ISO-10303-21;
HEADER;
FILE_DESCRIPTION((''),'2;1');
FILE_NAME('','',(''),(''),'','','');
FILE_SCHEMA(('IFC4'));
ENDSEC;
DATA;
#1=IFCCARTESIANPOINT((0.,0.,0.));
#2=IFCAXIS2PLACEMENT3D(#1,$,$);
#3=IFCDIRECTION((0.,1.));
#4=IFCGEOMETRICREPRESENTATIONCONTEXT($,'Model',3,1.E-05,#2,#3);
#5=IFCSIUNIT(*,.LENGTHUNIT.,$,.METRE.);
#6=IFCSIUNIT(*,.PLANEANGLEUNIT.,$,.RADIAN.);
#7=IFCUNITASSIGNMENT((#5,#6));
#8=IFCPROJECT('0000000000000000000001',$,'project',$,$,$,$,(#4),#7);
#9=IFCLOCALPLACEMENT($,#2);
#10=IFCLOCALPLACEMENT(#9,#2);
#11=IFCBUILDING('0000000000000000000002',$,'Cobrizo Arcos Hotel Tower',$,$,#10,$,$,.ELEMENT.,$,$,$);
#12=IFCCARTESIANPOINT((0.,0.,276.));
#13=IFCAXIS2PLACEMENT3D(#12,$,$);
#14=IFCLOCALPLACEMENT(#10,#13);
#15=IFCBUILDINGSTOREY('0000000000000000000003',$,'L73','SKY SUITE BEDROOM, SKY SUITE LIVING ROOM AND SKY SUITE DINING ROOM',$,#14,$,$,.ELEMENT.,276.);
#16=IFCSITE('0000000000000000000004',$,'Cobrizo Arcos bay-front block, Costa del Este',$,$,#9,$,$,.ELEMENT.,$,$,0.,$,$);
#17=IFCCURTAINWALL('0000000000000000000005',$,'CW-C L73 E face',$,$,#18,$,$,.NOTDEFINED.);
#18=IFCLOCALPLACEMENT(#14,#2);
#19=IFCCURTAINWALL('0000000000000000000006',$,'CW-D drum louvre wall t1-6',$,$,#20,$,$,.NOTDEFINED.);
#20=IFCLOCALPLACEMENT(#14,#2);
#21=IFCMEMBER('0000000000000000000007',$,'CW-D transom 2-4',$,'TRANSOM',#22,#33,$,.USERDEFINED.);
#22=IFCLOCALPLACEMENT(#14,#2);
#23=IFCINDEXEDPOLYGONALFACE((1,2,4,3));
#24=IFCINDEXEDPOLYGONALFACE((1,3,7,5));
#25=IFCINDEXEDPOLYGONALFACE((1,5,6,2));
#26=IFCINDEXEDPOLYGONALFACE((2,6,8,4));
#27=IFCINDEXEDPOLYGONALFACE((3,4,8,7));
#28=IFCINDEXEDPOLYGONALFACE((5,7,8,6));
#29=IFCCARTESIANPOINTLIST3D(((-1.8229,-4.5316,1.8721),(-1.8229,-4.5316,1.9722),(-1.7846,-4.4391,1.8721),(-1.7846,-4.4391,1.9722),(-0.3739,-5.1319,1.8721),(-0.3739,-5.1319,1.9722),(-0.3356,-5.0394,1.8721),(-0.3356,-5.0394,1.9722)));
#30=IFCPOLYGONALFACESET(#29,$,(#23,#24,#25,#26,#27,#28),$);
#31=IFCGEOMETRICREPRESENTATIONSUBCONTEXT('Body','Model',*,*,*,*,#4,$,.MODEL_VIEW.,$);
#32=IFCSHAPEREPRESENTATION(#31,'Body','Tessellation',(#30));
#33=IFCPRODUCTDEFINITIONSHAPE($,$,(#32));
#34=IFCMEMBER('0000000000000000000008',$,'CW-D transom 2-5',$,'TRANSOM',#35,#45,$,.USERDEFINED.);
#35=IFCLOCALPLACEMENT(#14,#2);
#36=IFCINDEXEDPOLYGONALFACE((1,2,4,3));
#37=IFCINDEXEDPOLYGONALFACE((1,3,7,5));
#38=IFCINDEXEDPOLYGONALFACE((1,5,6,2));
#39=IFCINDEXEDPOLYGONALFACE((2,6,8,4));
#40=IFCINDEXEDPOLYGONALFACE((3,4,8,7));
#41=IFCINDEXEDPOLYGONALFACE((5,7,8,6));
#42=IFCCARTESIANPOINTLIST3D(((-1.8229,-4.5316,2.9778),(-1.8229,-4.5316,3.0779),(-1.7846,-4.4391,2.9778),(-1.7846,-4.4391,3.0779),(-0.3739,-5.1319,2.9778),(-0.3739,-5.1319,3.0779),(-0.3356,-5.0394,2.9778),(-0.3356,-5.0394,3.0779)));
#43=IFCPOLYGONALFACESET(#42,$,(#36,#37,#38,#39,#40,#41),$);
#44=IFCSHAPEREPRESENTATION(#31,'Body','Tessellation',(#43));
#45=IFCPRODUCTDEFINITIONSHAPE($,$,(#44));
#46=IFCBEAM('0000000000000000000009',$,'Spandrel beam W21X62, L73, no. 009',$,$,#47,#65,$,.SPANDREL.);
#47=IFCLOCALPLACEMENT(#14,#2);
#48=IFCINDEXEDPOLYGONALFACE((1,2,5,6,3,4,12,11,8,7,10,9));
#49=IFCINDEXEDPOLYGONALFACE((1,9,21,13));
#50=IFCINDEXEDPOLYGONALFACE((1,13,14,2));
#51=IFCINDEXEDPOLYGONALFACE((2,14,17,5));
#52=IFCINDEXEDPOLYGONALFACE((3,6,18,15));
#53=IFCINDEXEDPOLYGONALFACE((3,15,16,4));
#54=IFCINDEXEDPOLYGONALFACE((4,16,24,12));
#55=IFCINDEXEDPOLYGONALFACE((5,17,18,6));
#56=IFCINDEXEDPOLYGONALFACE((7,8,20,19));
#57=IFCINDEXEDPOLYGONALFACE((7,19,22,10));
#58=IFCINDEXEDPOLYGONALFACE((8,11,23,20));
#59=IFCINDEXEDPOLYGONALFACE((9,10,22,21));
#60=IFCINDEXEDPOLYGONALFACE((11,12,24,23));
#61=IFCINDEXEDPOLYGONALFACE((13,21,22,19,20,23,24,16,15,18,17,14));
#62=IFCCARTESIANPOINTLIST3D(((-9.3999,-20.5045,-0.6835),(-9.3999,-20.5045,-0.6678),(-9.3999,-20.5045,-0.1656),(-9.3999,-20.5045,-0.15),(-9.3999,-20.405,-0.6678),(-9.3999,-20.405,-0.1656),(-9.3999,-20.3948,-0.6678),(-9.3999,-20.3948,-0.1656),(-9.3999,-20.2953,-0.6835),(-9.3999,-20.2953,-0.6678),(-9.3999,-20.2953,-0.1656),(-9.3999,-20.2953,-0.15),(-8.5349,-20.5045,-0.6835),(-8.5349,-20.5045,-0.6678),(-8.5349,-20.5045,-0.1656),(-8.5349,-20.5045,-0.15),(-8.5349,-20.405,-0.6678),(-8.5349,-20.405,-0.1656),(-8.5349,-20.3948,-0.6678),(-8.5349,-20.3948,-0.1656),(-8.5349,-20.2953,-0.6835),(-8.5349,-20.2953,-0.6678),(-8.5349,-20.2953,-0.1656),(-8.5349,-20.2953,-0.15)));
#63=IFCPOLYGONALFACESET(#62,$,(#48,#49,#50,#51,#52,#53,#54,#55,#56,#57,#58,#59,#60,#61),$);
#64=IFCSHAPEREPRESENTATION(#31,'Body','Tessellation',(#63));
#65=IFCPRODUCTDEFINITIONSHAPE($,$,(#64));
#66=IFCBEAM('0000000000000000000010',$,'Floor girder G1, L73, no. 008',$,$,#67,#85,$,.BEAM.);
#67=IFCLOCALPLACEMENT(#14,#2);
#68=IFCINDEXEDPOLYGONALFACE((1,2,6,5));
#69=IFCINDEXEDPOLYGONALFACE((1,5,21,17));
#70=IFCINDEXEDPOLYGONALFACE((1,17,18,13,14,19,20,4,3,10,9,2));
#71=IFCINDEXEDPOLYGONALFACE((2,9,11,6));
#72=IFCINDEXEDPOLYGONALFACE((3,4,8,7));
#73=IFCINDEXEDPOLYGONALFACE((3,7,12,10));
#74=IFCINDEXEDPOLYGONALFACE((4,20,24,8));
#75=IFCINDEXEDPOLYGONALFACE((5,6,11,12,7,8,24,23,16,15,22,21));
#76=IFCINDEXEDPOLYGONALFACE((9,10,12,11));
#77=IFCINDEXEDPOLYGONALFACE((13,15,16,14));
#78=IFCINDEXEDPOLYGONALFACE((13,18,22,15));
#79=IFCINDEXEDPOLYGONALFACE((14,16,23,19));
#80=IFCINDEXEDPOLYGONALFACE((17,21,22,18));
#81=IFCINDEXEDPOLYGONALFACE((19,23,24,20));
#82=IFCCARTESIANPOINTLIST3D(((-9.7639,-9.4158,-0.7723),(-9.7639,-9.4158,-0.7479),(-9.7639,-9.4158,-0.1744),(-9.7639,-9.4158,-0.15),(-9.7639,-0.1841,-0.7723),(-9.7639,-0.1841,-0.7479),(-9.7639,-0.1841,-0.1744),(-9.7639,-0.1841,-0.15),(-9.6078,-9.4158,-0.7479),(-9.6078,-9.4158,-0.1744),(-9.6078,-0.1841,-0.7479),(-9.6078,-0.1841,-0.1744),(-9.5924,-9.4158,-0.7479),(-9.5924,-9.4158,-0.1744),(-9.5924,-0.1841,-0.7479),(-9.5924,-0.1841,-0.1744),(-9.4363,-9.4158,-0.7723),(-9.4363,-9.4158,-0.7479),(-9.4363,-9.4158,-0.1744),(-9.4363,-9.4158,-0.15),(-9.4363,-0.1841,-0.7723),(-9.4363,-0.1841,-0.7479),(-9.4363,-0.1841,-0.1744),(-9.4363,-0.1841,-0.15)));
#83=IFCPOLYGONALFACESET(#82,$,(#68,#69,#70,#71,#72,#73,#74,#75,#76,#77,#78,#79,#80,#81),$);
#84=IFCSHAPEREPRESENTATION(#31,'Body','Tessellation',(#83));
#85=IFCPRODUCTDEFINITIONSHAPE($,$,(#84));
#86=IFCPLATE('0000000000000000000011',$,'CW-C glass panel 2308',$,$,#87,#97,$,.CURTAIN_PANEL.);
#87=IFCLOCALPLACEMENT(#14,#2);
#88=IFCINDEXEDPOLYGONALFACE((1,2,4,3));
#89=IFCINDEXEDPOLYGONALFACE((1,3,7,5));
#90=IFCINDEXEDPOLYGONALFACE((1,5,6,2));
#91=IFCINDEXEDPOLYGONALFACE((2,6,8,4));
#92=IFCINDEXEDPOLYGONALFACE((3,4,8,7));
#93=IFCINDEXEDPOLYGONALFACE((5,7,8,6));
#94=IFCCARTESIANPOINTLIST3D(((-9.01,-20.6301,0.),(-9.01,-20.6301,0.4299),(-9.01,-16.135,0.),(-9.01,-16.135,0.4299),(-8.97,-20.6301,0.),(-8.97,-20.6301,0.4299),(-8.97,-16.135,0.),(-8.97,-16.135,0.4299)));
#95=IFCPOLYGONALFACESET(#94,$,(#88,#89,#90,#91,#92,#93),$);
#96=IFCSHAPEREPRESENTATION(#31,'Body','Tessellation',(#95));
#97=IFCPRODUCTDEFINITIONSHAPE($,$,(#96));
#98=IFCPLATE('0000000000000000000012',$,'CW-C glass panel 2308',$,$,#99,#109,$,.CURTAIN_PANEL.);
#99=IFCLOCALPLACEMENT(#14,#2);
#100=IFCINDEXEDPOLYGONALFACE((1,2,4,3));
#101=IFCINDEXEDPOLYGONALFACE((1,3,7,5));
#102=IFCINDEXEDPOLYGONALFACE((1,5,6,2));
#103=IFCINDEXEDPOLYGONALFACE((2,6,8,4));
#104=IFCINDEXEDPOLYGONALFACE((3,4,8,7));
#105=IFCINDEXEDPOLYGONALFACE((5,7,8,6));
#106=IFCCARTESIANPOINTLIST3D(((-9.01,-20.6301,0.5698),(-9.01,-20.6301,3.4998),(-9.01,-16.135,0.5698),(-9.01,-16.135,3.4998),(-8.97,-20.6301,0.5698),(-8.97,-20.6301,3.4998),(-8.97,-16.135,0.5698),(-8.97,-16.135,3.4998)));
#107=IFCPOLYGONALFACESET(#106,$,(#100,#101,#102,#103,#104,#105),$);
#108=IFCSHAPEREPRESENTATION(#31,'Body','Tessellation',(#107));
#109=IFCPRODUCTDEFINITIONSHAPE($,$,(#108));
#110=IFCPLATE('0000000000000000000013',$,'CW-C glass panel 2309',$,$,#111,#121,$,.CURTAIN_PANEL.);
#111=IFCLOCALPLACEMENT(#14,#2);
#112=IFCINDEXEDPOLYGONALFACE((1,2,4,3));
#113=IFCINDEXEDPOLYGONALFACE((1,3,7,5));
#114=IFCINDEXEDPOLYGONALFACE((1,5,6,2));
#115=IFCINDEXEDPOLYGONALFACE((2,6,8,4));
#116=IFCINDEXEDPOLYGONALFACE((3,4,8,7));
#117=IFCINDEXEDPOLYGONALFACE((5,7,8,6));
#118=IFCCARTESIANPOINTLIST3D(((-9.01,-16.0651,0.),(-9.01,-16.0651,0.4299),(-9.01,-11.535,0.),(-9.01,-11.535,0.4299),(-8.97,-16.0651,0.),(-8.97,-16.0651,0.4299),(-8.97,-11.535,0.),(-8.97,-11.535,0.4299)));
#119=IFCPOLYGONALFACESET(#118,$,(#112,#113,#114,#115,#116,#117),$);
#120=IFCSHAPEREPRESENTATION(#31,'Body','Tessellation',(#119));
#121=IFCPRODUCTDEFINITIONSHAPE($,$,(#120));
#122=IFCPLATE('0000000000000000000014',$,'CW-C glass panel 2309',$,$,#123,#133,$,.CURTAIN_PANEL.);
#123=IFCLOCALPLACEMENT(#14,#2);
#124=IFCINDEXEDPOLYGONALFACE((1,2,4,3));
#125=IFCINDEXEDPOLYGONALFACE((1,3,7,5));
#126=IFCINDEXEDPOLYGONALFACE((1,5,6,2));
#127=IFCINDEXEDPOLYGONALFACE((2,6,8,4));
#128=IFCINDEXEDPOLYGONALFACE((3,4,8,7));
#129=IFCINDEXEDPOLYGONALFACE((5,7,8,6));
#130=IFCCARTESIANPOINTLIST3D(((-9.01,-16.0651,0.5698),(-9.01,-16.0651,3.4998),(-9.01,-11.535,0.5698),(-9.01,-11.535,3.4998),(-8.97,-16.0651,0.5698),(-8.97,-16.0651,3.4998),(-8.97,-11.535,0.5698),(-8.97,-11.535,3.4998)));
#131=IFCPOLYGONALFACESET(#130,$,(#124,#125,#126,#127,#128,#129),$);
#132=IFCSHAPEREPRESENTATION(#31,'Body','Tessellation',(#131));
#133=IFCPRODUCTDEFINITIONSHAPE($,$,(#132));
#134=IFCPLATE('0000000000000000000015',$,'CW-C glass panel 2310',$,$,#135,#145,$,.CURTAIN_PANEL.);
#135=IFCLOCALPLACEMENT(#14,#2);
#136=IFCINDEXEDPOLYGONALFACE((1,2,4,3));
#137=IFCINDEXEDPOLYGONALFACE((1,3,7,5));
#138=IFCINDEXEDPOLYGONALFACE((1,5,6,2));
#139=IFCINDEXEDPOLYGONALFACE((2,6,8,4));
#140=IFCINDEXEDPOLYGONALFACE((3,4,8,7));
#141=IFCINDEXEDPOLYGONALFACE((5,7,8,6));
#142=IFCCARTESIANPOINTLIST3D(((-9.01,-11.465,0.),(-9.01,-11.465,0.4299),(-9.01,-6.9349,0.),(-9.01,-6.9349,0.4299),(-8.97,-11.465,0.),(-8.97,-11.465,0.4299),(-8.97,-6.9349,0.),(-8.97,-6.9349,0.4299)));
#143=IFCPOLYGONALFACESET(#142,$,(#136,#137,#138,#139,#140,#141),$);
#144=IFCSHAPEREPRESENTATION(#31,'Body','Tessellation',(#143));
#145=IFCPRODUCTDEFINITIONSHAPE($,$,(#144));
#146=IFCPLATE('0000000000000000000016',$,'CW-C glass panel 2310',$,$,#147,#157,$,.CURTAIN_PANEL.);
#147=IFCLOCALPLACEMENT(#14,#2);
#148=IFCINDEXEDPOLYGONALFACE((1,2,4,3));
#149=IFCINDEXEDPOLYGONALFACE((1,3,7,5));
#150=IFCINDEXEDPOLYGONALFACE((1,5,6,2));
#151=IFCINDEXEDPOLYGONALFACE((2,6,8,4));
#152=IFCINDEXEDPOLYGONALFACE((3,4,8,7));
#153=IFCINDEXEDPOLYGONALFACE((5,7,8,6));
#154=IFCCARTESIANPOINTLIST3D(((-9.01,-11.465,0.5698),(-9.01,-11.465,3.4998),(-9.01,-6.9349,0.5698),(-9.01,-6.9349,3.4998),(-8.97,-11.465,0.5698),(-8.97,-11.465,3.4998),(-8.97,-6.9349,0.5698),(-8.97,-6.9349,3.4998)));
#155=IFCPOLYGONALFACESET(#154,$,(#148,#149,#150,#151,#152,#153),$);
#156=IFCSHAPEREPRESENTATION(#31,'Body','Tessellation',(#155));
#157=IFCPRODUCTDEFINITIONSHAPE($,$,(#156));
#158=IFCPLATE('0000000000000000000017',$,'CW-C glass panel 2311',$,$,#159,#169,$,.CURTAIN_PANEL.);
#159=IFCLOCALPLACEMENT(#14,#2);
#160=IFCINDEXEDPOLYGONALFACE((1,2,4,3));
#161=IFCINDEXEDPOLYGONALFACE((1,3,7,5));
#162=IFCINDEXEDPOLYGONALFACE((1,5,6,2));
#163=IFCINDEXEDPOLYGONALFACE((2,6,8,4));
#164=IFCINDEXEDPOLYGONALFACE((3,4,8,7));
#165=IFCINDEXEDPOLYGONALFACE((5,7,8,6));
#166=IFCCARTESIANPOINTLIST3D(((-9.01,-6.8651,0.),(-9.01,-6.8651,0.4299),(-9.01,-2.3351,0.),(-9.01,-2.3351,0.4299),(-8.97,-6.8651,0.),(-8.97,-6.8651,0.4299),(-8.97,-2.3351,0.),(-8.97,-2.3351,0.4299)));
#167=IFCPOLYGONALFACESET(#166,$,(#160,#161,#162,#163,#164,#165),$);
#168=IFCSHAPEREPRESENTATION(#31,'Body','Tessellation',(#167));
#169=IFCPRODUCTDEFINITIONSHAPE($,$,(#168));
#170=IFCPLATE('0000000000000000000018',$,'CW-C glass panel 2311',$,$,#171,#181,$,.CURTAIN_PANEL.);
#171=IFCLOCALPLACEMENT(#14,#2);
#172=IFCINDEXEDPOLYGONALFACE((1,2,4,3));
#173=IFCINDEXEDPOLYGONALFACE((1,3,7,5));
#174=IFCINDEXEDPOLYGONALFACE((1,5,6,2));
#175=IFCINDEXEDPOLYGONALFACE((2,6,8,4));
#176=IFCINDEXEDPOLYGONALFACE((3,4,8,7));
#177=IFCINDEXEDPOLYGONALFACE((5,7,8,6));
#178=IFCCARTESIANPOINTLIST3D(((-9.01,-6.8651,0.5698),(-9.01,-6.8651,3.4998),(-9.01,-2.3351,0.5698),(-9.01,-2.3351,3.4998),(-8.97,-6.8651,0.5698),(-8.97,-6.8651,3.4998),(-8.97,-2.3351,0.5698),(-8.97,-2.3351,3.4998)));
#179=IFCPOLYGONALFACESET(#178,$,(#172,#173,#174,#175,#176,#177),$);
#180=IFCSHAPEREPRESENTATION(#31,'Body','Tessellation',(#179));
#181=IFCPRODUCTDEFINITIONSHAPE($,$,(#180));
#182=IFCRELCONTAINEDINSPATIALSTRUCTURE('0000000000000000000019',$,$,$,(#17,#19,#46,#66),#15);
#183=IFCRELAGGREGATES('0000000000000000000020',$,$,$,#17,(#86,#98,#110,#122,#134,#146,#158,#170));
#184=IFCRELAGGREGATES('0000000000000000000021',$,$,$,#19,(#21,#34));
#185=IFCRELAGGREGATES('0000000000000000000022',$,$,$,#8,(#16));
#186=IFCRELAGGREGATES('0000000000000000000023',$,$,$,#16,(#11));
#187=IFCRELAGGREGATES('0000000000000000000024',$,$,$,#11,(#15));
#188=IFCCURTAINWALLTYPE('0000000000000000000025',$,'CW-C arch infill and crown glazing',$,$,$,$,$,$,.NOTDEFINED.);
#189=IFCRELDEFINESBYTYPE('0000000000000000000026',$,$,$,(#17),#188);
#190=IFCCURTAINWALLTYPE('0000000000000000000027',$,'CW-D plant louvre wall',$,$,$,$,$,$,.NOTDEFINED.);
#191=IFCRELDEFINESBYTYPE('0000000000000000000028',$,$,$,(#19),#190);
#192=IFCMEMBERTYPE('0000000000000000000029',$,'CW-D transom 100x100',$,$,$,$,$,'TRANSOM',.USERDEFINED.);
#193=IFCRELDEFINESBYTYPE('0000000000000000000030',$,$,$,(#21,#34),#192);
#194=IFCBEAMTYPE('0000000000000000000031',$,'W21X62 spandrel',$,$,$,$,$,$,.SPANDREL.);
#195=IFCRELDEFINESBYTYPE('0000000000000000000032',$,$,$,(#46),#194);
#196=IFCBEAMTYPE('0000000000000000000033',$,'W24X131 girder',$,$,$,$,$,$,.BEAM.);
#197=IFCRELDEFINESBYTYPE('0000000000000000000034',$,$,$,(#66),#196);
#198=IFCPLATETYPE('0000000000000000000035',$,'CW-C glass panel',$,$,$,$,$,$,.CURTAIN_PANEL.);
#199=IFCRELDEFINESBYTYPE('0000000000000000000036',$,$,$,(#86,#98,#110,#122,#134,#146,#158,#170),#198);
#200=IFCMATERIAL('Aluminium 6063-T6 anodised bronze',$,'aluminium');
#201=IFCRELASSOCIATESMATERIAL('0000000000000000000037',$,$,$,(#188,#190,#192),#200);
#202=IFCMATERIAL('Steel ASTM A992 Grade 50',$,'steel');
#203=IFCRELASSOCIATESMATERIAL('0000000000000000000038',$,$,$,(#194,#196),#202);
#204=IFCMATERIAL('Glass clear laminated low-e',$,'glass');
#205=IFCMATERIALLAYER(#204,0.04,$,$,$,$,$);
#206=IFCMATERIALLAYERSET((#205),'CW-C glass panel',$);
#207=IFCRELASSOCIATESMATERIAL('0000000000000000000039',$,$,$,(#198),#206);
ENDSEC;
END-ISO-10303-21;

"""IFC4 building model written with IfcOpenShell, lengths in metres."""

from ifc_helpers import new_model, si_unit, direction, frame, origin, origin_2d, place, context, subcontext, project, spatial, rectangle, i_section, extrude, material, layer, layer_set, material_profile, profile_set, type_object, element, aggregate, save


model = new_model("IFC4")

# Units and contexts
model_context = context("Model", 3, precision=1e-05, world=origin(), true_north=direction((0.0, 1.0)))
body_context = subcontext(model_context, "Body", "Model", "MODEL_VIEW")
ifc_project = project(units=[si_unit("LENGTHUNIT", "METRE"), si_unit("PLANEANGLEUNIT", "RADIAN")], contexts=[model_context])

# Site, building, storey
site_placement = place(None, origin())
site = spatial("IfcSite", under=ifc_project, at=site_placement, Name="Cobrizo Arcos bay-front block, Costa del Este", CompositionType="ELEMENT", RefElevation=0.0)
building_placement = place(site_placement, origin())
building = spatial("IfcBuilding", under=site, at=building_placement, Name="Cobrizo Arcos Hotel Tower", CompositionType="ELEMENT")
storey_placement = place(building_placement, frame((0.0, 0.0, 276.0)))
storey = spatial("IfcBuildingStorey", under=building, at=storey_placement, Name="L73", Description="SKY SUITE BEDROOM, SKY SUITE LIVING ROOM AND SKY SUITE DINING ROOM", CompositionType="ELEMENT", Elevation=276.0)

# Shared definitions
ifc_material_1 = material(Name="Aluminium 6063-T6 anodised bronze", Category="aluminium")

# Curtain walls, members
curtain_wall_type_1 = type_object("IfcCurtainWallType", Name="CW-C arch infill and crown glazing", PredefinedType="NOTDEFINED", material=ifc_material_1)
curtain_wall_1_placement = place(storey_placement, origin())
curtain_wall_1 = element("IfcCurtainWall", 1, at=curtain_wall_1_placement, inside=storey, type_object=curtain_wall_type_1, Name="CW-C L73 E face", PredefinedType="NOTDEFINED")
curtain_wall_type_2 = type_object("IfcCurtainWallType", Name="CW-D plant louvre wall", PredefinedType="NOTDEFINED", material=ifc_material_1)
curtain_wall_2_placement = place(storey_placement, origin())
curtain_wall_2 = element("IfcCurtainWall", 2, at=curtain_wall_2_placement, inside=storey, type_object=curtain_wall_type_2, Name="CW-D drum louvre wall t1-6", PredefinedType="NOTDEFINED")
ifc_material_profile_1 = material_profile(ifc_material_1, rectangle(XDim=0.1001, YDim=0.1001, at=origin_2d()), Name="CW-D transom 100x100")
ifc_profile_set_1 = profile_set([ifc_material_profile_1], Name="Aluminium 6063-T6 anodised bronze")
member_type_1 = type_object("IfcMemberType", Name="CW-D transom 100x100", ElementType="TRANSOM", PredefinedType="USERDEFINED", material=ifc_profile_set_1)
member_1_placement = place(storey_placement, frame((-1.8037, -4.4854, 1.9221), z_axis=(0.923844, -0.382769, 0.0), x_axis=(0.382769, 0.923844, 0.0)))
member_1 = element("IfcMember", 3, at=member_1_placement, type_object=member_type_1, Name="CW-D transom 2-4", ObjectType="TRANSOM", PredefinedType="USERDEFINED", context=body_context, shape_type="SweptSolid", body=[
    extrude(rectangle(XDim=0.1001, YDim=0.1001, at=origin_2d()), origin(), (0.0, 0.0, 1.0), 1.5684),
])
member_2_placement = place(storey_placement, frame((-1.8037, -4.4854, 3.0278), z_axis=(0.923844, -0.382769, 0.0), x_axis=(0.382769, 0.923844, 0.0)))
member_2 = element("IfcMember", 4, at=member_2_placement, type_object=member_type_1, Name="CW-D transom 2-5", ObjectType="TRANSOM", PredefinedType="USERDEFINED", context=body_context, shape_type="SweptSolid", body=[
    extrude(rectangle(XDim=0.1001, YDim=0.1001, at=origin_2d()), origin(), (0.0, 0.0, 1.0), 1.5684),
])

# Beams
ifc_material_2 = material(Name="Steel ASTM A992 Grade 50", Category="steel")
ifc_material_profile_2 = material_profile(ifc_material_2, i_section(OverallWidth=0.2092, OverallDepth=0.5334, WebThickness=0.0103, FlangeThickness=0.0156, at=origin_2d()), Name="W21X62")
ifc_profile_set_2 = profile_set([ifc_material_profile_2], Name="Steel ASTM A992 Grade 50")
beam_type_1 = type_object("IfcBeamType", Name="W21X62 spandrel", PredefinedType="SPANDREL", material=ifc_profile_set_2)
beam_1_placement = place(storey_placement, frame((-8.5349, -20.3999, -0.4167), z_axis=(-1.0, 0.0, 0.0), x_axis=(0.0, -1.0, 0.0)))
element("IfcBeam", 5, at=beam_1_placement, inside=storey, type_object=beam_type_1, Name="Spandrel beam W21X62, L73, no. 009", PredefinedType="SPANDREL", context=body_context, shape_type="SweptSolid", body=[
    extrude(i_section(OverallWidth=0.2092, OverallDepth=0.5334, WebThickness=0.0103, FlangeThickness=0.0156, at=origin_2d()), origin(), (0.0, 0.0, 1.0), 0.865),
])
ifc_material_profile_3 = material_profile(ifc_material_2, i_section(OverallWidth=0.3276, OverallDepth=0.6223, WebThickness=0.0154, FlangeThickness=0.0244, at=origin_2d()), Name="W24X131")
ifc_profile_set_3 = profile_set([ifc_material_profile_3], Name="Steel ASTM A992 Grade 50")
beam_type_2 = type_object("IfcBeamType", Name="W24X131 girder", PredefinedType="BEAM", material=ifc_profile_set_3)
beam_2_placement = place(storey_placement, frame((-9.6001, -9.4158, -0.4612), z_axis=(0.0, 1.0, 0.0), x_axis=(-1.0, 0.0, 0.0)))
element("IfcBeam", 6, at=beam_2_placement, inside=storey, type_object=beam_type_2, Name="Floor girder G1, L73, no. 008", PredefinedType="BEAM", context=body_context, shape_type="SweptSolid", body=[
    extrude(i_section(OverallWidth=0.3276, OverallDepth=0.6223, WebThickness=0.0154, FlangeThickness=0.0244, at=origin_2d()), origin(), (0.0, 0.0, 1.0), 9.2317),
])

# Plates
ifc_material_3 = material(Name="Glass clear laminated low-e", Category="glass")
ifc_layer_1 = layer(ifc_material_3, 0.04)
ifc_layer_set_1 = layer_set([ifc_layer_1], Name="CW-C glass panel")
plate_type_1 = type_object("IfcPlateType", Name="CW-C glass panel", PredefinedType="CURTAIN_PANEL", material=ifc_layer_set_1)
plate_1_placement = place(storey_placement, frame((-8.99, -18.3826, 0.0), z_axis=(0.0, 0.0, 1.0), x_axis=(0.0, 1.0, 0.0)))
plate_1 = element("IfcPlate", 7, at=plate_1_placement, type_object=plate_type_1, Name="CW-C glass panel 2308", PredefinedType="CURTAIN_PANEL", context=body_context, shape_type="SweptSolid", body=[
    extrude(rectangle(XDim=4.4951, YDim=0.04, at=origin_2d()), origin(), (0.0, 0.0, 1.0), 0.4299),
])
plate_2_placement = place(storey_placement, frame((-8.99, -18.3826, 0.5698), z_axis=(0.0, 0.0, 1.0), x_axis=(0.0, 1.0, 0.0)))
plate_2 = element("IfcPlate", 8, at=plate_2_placement, type_object=plate_type_1, Name="CW-C glass panel 2308", PredefinedType="CURTAIN_PANEL", context=body_context, shape_type="SweptSolid", body=[
    extrude(rectangle(XDim=4.4951, YDim=0.04, at=origin_2d()), origin(), (0.0, 0.0, 1.0), 2.9299),
])
plate_3_placement = place(storey_placement, frame((-8.99, -13.8, 0.0), z_axis=(0.0, 0.0, 1.0), x_axis=(0.0, 1.0, 0.0)))
plate_3 = element("IfcPlate", 9, at=plate_3_placement, type_object=plate_type_1, Name="CW-C glass panel 2309", PredefinedType="CURTAIN_PANEL", context=body_context, shape_type="SweptSolid", body=[
    extrude(rectangle(XDim=4.53, YDim=0.04, at=origin_2d()), origin(), (0.0, 0.0, 1.0), 0.4299),
])
plate_4_placement = place(storey_placement, frame((-8.99, -13.8, 0.5698), z_axis=(0.0, 0.0, 1.0), x_axis=(0.0, 1.0, 0.0)))
plate_4 = element("IfcPlate", 10, at=plate_4_placement, type_object=plate_type_1, Name="CW-C glass panel 2309", PredefinedType="CURTAIN_PANEL", context=body_context, shape_type="SweptSolid", body=[
    extrude(rectangle(XDim=4.53, YDim=0.04, at=origin_2d()), origin(), (0.0, 0.0, 1.0), 2.9299),
])
plate_5_placement = place(storey_placement, frame((-8.99, -9.2, 0.0), z_axis=(0.0, 0.0, 1.0), x_axis=(0.0, 1.0, 0.0)))
plate_5 = element("IfcPlate", 11, at=plate_5_placement, type_object=plate_type_1, Name="CW-C glass panel 2310", PredefinedType="CURTAIN_PANEL", context=body_context, shape_type="SweptSolid", body=[
    extrude(rectangle(XDim=4.53, YDim=0.04, at=origin_2d()), origin(), (0.0, 0.0, 1.0), 0.4299),
])
plate_6_placement = place(storey_placement, frame((-8.99, -9.2, 0.5698), z_axis=(0.0, 0.0, 1.0), x_axis=(0.0, 1.0, 0.0)))
plate_6 = element("IfcPlate", 12, at=plate_6_placement, type_object=plate_type_1, Name="CW-C glass panel 2310", PredefinedType="CURTAIN_PANEL", context=body_context, shape_type="SweptSolid", body=[
    extrude(rectangle(XDim=4.53, YDim=0.04, at=origin_2d()), origin(), (0.0, 0.0, 1.0), 2.9299),
])
plate_7_placement = place(storey_placement, frame((-8.99, -4.6001, 0.0), z_axis=(0.0, 0.0, 1.0), x_axis=(0.0, 1.0, 0.0)))
plate_7 = element("IfcPlate", 13, at=plate_7_placement, type_object=plate_type_1, Name="CW-C glass panel 2311", PredefinedType="CURTAIN_PANEL", context=body_context, shape_type="SweptSolid", body=[
    extrude(rectangle(XDim=4.53, YDim=0.04, at=origin_2d()), origin(), (0.0, 0.0, 1.0), 0.4299),
])
plate_8_placement = place(storey_placement, frame((-8.99, -4.6001, 0.5698), z_axis=(0.0, 0.0, 1.0), x_axis=(0.0, 1.0, 0.0)))
plate_8 = element("IfcPlate", 14, at=plate_8_placement, type_object=plate_type_1, Name="CW-C glass panel 2311", PredefinedType="CURTAIN_PANEL", context=body_context, shape_type="SweptSolid", body=[
    extrude(rectangle(XDim=4.53, YDim=0.04, at=origin_2d()), origin(), (0.0, 0.0, 1.0), 2.9299),
])
aggregate(curtain_wall_1, [plate_1, plate_2, plate_3, plate_4, plate_5, plate_6, plate_7, plate_8])
aggregate(curtain_wall_2, [member_1, member_2])

save(model, "model.ifc")
